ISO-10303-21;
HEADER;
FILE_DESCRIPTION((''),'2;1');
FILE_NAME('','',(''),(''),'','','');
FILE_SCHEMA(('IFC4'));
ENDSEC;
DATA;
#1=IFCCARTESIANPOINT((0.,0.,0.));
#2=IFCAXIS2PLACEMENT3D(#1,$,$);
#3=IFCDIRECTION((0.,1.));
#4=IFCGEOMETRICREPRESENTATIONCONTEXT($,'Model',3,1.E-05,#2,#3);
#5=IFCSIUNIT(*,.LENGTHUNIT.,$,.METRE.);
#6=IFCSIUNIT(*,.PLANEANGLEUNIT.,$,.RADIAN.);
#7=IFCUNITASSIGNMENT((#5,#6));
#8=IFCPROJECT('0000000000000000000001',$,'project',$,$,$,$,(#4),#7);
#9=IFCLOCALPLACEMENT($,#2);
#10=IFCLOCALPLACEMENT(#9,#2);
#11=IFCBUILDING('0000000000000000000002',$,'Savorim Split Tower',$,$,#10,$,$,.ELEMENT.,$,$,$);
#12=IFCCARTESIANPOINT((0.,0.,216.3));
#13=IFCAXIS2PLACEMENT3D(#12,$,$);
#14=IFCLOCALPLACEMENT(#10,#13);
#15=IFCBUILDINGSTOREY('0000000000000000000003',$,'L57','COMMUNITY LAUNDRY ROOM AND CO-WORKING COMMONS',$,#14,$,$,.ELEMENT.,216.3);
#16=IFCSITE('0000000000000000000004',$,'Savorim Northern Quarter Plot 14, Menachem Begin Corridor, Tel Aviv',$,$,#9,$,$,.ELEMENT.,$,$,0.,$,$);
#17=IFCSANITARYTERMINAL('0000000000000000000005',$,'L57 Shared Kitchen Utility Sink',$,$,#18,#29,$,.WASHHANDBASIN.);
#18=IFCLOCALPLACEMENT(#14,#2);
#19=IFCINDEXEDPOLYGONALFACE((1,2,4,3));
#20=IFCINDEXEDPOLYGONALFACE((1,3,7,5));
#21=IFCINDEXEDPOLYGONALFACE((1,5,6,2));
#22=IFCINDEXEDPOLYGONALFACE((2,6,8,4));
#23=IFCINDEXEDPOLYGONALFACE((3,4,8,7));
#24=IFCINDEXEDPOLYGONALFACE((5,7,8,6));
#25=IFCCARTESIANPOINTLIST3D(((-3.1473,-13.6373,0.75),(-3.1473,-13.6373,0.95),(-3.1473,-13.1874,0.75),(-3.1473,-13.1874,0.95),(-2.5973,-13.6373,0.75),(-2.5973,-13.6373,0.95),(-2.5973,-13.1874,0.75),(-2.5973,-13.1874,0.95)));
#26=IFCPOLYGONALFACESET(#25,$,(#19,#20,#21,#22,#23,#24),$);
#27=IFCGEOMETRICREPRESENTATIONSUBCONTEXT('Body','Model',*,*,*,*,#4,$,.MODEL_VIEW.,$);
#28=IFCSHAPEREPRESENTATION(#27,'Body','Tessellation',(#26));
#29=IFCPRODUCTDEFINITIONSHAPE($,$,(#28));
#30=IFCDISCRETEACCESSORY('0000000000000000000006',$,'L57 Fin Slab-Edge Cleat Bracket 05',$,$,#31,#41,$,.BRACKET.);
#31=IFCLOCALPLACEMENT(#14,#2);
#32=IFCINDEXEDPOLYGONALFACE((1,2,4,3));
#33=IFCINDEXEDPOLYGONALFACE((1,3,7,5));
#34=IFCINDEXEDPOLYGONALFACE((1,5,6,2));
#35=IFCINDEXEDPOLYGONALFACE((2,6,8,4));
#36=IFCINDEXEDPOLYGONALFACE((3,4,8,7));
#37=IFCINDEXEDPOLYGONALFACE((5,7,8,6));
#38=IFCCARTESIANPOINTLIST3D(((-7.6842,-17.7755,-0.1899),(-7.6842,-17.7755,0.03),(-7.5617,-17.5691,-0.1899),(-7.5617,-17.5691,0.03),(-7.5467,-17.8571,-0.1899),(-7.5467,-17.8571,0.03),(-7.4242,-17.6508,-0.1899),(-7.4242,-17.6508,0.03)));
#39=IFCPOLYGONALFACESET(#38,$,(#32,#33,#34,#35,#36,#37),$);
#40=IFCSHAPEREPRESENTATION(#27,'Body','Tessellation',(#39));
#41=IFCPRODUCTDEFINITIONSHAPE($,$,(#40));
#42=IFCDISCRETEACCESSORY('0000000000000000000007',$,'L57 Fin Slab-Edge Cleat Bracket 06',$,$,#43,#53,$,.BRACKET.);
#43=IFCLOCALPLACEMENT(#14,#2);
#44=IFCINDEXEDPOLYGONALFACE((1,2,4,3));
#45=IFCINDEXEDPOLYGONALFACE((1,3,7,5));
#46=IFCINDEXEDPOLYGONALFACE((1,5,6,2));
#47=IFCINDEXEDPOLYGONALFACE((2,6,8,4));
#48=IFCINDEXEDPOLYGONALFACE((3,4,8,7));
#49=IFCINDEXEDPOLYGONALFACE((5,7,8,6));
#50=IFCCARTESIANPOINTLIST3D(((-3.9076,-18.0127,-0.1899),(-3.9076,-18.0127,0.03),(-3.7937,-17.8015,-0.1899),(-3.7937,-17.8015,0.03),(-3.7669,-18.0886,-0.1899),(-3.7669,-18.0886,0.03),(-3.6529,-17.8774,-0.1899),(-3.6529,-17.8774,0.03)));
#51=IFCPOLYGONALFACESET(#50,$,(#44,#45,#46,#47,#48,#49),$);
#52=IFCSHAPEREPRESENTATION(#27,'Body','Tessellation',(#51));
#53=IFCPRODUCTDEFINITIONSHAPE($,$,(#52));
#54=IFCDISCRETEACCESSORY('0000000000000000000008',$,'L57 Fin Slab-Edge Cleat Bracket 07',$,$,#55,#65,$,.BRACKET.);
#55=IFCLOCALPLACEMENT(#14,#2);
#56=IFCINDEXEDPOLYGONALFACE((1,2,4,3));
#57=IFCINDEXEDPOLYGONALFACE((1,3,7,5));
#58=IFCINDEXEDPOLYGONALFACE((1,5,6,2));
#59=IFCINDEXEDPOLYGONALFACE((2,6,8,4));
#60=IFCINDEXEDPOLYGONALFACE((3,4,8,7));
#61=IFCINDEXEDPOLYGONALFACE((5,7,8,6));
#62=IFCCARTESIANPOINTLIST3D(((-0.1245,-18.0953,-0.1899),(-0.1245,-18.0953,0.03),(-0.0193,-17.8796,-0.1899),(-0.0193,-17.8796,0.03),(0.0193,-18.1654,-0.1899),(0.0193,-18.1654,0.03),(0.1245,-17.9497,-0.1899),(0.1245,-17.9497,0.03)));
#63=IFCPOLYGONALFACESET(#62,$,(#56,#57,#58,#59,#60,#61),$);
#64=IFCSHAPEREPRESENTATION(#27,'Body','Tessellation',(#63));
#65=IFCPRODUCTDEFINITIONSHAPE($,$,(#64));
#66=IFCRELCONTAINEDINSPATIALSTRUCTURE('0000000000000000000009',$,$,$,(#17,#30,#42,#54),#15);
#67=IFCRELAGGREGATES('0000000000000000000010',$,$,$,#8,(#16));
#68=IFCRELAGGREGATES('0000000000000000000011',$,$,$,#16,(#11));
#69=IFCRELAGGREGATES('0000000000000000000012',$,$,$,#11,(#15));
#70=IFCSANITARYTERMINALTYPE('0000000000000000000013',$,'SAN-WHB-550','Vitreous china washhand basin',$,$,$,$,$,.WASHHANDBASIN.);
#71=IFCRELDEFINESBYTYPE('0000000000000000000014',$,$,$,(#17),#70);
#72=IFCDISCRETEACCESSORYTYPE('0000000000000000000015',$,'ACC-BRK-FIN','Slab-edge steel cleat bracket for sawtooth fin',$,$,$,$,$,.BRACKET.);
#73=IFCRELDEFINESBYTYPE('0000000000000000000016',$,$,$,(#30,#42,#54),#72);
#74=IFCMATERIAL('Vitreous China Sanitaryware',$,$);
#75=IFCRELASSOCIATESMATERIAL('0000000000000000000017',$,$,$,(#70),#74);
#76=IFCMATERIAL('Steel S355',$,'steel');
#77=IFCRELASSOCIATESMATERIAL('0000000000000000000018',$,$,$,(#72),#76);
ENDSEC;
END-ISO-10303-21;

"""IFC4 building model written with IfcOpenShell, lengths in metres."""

from ifc_helpers import new_model, si_unit, direction, frame, origin, origin_2d, place, context, subcontext, project, spatial, rectangle, extrude, material, type_object, element, save


model = new_model("IFC4")

# Units and contexts
model_context = context("Model", 3, precision=1e-05, world=origin(), true_north=direction((0.0, 1.0)))
body_context = subcontext(model_context, "Body", "Model", "MODEL_VIEW")
ifc_project = project(units=[si_unit("LENGTHUNIT", "METRE"), si_unit("PLANEANGLEUNIT", "RADIAN")], contexts=[model_context])

# Site, building, storey
site_placement = place(None, origin())
site = spatial("IfcSite", under=ifc_project, at=site_placement, Name="Savorim Northern Quarter Plot 14, Menachem Begin Corridor, Tel Aviv", CompositionType="ELEMENT", RefElevation=0.0)
building_placement = place(site_placement, origin())
building = spatial("IfcBuilding", under=site, at=building_placement, Name="Savorim Split Tower", CompositionType="ELEMENT")
storey_placement = place(building_placement, frame((0.0, 0.0, 216.3)))
storey = spatial("IfcBuildingStorey", under=building, at=storey_placement, Name="L57", Description="COMMUNITY LAUNDRY ROOM AND CO-WORKING COMMONS", CompositionType="ELEMENT", Elevation=216.3)

# Shared definitions
ifc_material_1 = material(Name="Steel S355", Category="steel")

# Sanitary terminal
ifc_material_2 = material(Name="Vitreous China Sanitaryware")
sanitary_terminal_type = type_object("IfcSanitaryTerminalType", Name="SAN-WHB-550", Description="Vitreous china washhand basin", PredefinedType="WASHHANDBASIN", material=ifc_material_2)
sanitary_terminal_placement = place(storey_placement, frame((-2.8723, -13.4124, 0.75), z_axis=(0.0, 0.0, 1.0), x_axis=(1.0, 0.0, 0.0)))
element("IfcSanitaryTerminal", 1, at=sanitary_terminal_placement, inside=storey, type_object=sanitary_terminal_type, Name="L57 Shared Kitchen Utility Sink", PredefinedType="WASHHANDBASIN", context=body_context, shape_type="SweptSolid", body=[
    extrude(rectangle(XDim=0.55, YDim=0.45, at=origin_2d()), origin(), (0.0, 0.0, 1.0), 0.2),
])

# Discrete accessories
discrete_accessory_type = type_object("IfcDiscreteAccessoryType", Name="ACC-BRK-FIN", Description="Slab-edge steel cleat bracket for sawtooth fin", PredefinedType="BRACKET", material=ifc_material_1)
for number, where, z_axis, x_axis, name in (
    (2, (-7.5542, -17.7131, -0.1899), (0.0, 0.0, 1.0), (-0.510391, -0.859942, 0.0), "L57 Fin Slab-Edge Cleat Bracket 05"),
    (3, (-3.7803, -17.9451, -0.1899), (0.0, 0.0, 1.0), (-0.474778, -0.880106, 0.0), "L57 Fin Slab-Edge Cleat Bracket 06"),
    (4, (0.0, -18.0225, -0.1899), (0.0, 0.0, 1.0), (-0.438371, -0.898794, 0.0), "L57 Fin Slab-Edge Cleat Bracket 07"),
):
    element("IfcDiscreteAccessory", number, at=place(storey_placement, frame(where, z_axis=z_axis, x_axis=x_axis)), inside=storey, type_object=discrete_accessory_type, Name=name, PredefinedType="BRACKET", context=body_context, shape_type="SweptSolid", body=[
        extrude(rectangle(XDim=0.24, YDim=0.1599, at=origin_2d()), origin(), (0.0, 0.0, 1.0), 0.22),
    ])

save(model, "model.ifc")
